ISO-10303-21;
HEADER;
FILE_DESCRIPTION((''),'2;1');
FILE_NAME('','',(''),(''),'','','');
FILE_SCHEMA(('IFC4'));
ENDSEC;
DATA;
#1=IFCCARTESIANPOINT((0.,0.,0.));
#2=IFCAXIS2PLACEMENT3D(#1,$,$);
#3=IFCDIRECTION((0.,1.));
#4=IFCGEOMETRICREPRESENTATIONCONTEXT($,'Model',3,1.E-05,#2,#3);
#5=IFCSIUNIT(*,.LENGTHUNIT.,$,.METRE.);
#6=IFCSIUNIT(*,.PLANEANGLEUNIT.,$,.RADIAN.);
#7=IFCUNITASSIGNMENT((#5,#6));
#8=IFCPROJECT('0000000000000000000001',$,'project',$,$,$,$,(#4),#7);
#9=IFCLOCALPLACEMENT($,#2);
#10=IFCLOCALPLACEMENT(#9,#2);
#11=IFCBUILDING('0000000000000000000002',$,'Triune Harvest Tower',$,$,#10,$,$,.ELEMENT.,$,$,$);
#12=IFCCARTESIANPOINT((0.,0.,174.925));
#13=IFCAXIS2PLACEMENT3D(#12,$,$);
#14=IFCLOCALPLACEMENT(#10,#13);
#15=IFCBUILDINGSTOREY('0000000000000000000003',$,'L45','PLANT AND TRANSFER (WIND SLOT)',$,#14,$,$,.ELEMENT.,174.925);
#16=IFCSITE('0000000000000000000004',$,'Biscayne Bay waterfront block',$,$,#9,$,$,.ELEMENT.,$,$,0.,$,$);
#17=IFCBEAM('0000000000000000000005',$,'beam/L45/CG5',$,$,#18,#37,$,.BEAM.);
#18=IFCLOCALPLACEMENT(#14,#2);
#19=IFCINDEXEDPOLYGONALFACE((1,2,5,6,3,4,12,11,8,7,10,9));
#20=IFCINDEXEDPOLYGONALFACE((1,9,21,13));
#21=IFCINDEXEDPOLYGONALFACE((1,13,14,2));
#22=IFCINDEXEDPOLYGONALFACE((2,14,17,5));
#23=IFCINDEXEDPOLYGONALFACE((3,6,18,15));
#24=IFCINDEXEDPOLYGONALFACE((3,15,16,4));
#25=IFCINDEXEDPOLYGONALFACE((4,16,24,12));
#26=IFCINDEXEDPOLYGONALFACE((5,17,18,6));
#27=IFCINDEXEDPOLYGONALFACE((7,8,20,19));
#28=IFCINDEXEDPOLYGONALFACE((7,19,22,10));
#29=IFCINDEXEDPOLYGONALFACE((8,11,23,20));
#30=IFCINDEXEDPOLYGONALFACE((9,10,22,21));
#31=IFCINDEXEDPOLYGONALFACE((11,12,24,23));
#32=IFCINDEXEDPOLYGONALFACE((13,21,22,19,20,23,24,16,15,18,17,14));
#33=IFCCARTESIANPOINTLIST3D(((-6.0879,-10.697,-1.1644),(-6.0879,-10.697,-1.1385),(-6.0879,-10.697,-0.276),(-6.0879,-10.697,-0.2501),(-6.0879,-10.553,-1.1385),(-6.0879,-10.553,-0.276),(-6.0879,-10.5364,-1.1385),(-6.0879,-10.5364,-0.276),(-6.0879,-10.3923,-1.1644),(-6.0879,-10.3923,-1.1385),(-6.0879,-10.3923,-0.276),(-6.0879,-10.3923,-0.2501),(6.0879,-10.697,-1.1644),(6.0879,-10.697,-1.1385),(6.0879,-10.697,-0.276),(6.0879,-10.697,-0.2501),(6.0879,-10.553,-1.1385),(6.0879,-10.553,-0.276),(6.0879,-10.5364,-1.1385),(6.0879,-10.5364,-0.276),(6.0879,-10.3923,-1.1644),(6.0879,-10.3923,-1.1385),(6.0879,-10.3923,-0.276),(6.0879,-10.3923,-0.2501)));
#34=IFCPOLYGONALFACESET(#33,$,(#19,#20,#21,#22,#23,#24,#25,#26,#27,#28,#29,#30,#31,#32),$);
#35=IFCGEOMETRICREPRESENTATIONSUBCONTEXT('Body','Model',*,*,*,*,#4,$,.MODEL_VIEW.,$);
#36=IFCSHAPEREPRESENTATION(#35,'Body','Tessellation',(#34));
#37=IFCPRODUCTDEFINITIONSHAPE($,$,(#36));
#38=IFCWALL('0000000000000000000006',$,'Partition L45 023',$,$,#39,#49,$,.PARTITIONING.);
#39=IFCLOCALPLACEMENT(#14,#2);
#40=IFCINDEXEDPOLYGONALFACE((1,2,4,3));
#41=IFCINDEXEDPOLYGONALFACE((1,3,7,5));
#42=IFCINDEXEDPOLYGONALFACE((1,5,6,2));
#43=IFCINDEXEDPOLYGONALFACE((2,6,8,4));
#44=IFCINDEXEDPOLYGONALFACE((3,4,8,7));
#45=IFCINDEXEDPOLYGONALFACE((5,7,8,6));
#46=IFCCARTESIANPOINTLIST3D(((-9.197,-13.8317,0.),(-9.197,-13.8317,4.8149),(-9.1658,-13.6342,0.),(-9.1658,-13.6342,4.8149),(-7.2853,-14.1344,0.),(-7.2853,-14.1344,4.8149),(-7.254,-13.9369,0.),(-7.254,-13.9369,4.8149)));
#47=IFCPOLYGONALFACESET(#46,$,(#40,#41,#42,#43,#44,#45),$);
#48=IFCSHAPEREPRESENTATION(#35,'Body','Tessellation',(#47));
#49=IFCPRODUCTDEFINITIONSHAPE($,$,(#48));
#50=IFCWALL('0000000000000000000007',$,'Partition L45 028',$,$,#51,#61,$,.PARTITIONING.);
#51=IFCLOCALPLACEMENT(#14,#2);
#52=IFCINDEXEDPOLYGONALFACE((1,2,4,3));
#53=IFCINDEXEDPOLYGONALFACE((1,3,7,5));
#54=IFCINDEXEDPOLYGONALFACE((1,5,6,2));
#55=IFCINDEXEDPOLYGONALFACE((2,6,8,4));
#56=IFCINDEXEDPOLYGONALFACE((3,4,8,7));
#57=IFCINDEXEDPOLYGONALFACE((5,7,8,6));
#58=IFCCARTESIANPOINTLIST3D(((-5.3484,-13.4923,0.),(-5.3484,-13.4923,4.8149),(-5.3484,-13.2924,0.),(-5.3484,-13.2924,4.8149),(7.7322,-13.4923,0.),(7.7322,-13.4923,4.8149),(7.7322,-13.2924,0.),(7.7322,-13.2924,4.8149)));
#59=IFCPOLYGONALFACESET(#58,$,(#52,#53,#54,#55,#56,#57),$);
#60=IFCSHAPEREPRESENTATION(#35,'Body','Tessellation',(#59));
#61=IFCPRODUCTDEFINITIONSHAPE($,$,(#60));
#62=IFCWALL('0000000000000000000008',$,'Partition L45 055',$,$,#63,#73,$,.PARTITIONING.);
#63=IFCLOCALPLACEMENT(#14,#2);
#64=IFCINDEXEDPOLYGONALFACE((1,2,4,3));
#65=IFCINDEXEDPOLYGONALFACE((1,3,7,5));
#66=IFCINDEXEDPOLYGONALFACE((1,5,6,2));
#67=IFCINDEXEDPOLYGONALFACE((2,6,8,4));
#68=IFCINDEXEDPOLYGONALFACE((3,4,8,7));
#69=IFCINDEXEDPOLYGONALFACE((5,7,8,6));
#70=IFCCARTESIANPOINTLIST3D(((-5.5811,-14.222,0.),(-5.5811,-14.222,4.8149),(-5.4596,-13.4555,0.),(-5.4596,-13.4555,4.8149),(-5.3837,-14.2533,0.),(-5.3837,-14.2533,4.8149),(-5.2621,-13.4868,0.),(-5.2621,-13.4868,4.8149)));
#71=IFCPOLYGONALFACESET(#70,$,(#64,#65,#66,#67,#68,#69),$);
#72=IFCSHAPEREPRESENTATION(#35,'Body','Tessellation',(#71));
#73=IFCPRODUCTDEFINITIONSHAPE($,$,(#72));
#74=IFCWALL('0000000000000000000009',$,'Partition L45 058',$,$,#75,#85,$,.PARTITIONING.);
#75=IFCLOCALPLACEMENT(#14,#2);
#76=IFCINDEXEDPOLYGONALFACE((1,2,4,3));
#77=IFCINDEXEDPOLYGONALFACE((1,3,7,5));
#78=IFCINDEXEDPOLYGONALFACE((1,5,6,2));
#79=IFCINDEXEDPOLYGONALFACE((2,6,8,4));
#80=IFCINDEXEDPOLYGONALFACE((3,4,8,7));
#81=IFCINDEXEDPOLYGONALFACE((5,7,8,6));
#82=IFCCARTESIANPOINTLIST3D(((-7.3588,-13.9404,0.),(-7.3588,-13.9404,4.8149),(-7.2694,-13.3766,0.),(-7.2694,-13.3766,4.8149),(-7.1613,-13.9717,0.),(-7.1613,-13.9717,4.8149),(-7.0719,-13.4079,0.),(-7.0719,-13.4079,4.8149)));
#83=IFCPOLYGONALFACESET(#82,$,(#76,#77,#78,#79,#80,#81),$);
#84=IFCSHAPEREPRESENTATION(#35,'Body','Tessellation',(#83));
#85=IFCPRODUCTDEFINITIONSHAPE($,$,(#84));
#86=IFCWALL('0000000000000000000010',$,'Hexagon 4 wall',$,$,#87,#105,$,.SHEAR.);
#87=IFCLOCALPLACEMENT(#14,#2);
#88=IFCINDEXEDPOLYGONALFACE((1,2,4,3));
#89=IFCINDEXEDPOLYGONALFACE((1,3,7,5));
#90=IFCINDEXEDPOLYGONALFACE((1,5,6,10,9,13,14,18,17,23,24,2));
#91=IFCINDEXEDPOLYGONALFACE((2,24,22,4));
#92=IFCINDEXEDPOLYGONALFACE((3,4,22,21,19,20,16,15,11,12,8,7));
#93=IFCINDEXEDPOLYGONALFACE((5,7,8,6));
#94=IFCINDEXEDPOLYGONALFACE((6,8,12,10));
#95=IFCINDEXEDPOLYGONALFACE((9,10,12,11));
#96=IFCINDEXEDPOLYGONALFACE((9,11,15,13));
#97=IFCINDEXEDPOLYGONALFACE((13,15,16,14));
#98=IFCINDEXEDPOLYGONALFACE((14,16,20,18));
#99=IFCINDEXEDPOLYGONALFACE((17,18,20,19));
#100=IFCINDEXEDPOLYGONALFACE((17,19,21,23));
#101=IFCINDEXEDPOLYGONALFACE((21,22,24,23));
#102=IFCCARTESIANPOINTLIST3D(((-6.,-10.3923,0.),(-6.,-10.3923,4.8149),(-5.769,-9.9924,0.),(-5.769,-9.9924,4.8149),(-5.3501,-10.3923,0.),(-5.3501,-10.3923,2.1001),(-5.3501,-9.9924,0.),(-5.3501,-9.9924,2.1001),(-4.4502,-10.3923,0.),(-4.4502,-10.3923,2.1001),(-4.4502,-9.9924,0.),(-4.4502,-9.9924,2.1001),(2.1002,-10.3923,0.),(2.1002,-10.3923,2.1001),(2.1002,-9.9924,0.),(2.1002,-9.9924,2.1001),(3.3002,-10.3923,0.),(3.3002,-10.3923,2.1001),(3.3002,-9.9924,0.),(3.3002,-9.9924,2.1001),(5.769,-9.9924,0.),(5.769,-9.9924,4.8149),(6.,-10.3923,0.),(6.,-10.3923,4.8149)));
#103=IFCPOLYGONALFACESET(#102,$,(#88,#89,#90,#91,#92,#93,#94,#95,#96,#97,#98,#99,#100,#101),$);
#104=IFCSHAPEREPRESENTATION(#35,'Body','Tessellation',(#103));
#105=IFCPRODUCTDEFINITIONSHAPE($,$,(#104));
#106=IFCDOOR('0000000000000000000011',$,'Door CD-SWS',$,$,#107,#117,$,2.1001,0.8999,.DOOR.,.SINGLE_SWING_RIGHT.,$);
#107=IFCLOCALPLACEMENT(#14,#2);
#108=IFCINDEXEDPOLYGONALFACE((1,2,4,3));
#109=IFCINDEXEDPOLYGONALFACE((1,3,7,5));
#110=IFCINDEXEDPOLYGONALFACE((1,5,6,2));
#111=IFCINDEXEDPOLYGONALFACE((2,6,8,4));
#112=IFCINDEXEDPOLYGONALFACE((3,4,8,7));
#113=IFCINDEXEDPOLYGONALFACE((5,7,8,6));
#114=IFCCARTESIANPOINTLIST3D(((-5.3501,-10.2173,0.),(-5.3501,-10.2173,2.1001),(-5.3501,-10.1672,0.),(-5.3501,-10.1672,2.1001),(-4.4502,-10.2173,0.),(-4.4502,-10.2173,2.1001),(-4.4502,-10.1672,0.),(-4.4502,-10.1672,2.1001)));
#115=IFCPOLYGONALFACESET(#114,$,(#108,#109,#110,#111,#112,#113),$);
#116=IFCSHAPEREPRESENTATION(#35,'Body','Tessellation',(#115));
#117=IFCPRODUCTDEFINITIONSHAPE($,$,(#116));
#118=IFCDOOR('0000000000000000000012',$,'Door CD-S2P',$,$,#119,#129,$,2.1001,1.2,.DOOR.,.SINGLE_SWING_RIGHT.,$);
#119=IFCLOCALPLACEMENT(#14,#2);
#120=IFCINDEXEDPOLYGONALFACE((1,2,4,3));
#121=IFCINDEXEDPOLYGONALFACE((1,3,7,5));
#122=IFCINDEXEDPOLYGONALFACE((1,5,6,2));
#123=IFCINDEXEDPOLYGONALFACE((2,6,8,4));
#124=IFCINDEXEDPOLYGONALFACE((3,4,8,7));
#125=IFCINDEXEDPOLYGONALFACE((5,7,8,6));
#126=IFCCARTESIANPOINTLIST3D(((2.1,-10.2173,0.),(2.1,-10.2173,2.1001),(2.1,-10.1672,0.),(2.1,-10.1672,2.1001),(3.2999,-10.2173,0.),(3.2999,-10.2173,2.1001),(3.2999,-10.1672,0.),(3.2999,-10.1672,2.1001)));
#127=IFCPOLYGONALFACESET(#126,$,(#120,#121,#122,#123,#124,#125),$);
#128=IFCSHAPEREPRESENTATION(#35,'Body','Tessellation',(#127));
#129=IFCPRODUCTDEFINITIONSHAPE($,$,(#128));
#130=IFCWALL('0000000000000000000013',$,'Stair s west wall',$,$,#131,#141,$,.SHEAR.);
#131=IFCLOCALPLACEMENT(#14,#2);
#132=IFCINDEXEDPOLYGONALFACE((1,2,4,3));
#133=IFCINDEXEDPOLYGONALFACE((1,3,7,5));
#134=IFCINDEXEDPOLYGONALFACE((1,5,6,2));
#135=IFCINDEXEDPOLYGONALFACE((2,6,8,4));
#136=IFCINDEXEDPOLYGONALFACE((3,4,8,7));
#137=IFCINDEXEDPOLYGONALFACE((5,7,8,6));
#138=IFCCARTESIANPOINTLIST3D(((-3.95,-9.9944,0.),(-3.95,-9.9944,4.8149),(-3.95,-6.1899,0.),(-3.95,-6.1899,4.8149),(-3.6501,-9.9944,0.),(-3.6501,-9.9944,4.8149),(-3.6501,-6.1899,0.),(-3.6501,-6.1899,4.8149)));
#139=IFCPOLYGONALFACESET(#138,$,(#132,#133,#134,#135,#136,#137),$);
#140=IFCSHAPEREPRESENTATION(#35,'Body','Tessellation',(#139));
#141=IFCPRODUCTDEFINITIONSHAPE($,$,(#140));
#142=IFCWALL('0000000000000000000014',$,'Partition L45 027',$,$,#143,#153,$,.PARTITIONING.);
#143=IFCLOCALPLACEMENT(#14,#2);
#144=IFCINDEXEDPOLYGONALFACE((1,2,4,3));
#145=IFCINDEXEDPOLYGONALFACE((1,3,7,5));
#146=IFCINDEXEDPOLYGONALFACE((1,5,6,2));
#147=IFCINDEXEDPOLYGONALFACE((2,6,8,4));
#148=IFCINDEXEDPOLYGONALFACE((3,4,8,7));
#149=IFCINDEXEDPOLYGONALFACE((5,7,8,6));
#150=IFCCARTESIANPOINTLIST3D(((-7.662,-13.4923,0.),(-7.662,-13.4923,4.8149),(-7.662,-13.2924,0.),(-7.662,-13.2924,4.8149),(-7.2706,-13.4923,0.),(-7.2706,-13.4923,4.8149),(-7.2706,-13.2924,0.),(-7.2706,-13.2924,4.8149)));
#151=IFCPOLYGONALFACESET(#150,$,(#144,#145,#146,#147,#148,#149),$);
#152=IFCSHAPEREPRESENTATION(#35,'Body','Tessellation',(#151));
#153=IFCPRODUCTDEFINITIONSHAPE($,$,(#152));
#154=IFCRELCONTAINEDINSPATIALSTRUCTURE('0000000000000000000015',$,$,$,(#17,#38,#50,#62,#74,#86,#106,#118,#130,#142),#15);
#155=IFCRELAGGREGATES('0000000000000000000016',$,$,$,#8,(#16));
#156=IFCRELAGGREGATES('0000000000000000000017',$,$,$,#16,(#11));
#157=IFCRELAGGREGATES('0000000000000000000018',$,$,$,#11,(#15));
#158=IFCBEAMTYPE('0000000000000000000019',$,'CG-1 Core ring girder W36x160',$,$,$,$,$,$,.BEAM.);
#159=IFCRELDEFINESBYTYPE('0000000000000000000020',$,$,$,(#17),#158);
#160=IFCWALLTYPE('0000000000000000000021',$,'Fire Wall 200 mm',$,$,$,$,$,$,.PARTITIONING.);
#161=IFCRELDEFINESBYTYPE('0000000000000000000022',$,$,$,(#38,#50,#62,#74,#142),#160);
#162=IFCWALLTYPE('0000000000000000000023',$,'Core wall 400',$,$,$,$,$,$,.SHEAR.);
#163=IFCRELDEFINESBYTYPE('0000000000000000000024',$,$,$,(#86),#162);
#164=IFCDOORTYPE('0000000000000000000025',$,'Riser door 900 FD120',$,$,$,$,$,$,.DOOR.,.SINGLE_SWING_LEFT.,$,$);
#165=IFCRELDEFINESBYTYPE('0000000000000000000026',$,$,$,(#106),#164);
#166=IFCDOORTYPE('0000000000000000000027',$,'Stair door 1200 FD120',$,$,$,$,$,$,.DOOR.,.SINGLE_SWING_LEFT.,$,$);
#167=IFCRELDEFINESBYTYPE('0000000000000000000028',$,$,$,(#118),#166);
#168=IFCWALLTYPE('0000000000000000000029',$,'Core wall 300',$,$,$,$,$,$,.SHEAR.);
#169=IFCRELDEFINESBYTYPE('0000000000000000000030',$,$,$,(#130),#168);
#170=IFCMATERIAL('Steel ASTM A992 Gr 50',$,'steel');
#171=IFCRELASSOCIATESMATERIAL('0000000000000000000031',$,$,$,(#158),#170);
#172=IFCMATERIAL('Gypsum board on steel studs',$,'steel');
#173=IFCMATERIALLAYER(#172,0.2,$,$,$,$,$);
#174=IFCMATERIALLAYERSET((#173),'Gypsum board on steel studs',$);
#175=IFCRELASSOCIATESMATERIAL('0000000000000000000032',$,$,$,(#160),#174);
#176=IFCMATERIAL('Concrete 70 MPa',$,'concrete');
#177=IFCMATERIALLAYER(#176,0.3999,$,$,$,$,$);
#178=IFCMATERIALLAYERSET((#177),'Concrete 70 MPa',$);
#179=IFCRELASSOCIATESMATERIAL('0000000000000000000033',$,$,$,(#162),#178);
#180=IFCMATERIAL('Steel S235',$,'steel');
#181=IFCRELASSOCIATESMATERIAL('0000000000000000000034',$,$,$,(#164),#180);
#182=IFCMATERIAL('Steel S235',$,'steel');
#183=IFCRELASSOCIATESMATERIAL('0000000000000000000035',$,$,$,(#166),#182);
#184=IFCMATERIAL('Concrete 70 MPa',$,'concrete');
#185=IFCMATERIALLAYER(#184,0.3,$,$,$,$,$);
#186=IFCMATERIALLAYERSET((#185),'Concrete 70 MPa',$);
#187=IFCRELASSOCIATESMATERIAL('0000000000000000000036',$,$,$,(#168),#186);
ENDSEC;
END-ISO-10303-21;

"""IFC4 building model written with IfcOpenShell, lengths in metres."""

from ifc_helpers import new_model, si_unit, direction, frame, frame_2d, origin, origin_2d, place, context, subcontext, project, spatial, polyline, rectangle, i_section, outline, extrude, source, transform, mapped, material, layer, layer_set, material_profile, profile_set, type_object, element, fill, save


model = new_model("IFC4")

# Units and contexts
model_context = context("Model", 3, precision=1e-05, world=origin(), true_north=direction((0.0, 1.0)))
body_context = subcontext(model_context, "Body", "Model", "MODEL_VIEW")
ifc_project = project(units=[si_unit("LENGTHUNIT", "METRE"), si_unit("PLANEANGLEUNIT", "RADIAN")], contexts=[model_context])

# Site, building, storey
site_placement = place(None, origin())
site = spatial("IfcSite", under=ifc_project, at=site_placement, Name="Biscayne Bay waterfront block", CompositionType="ELEMENT", RefElevation=0.0)
building_placement = place(site_placement, origin())
building = spatial("IfcBuilding", under=site, at=building_placement, Name="Triune Harvest Tower", CompositionType="ELEMENT")
storey_placement = place(building_placement, frame((0.0, 0.0, 174.925)))
storey = spatial("IfcBuildingStorey", under=building, at=storey_placement, Name="L45", Description="PLANT AND TRANSFER (WIND SLOT)", CompositionType="ELEMENT", Elevation=174.925)

# Beam
ifc_material_1 = material(Name="Steel ASTM A992 Gr 50", Category="steel")
ifc_material_profile = material_profile(ifc_material_1, i_section(OverallWidth=0.3047, OverallDepth=0.9143, WebThickness=0.0166, FlangeThickness=0.0259, at=origin_2d()), Name="W36x160")
ifc_profile_set = profile_set([ifc_material_profile], Name="Steel ASTM A992 Gr 50")
beam_type = type_object("IfcBeamType", Name="CG-1 Core ring girder W36x160", PredefinedType="BEAM", material=ifc_profile_set)
shared_shape_1 = source(origin(), body_context, "Body", "SweptSolid", [
    extrude(i_section(OverallWidth=0.3047, OverallDepth=0.9143, WebThickness=0.0166, FlangeThickness=0.0259, at=origin_2d()), origin(), (0.0, 0.0, 1.0), 12.1758),
])
beam_placement = place(storey_placement, frame((-6.0879, -10.5447, -0.7073), z_axis=(1.0, 0.0, 0.0), x_axis=(0.0, 1.0, 0.0)))
element("IfcBeam", 1, at=beam_placement, inside=storey, type_object=beam_type, Name="beam/L45/CG5", PredefinedType="BEAM", context=body_context, shape_type="MappedRepresentation", body=[
    mapped(shared_shape_1, transform((0.0, 0.0, 0.0), scale=1.0)),
])

# Walls
ifc_material_2 = material(Name="Gypsum board on steel studs", Category="steel")
ifc_layer_1 = layer(ifc_material_2, 0.2)
ifc_layer_set_1 = layer_set([ifc_layer_1], Name="Gypsum board on steel studs")
wall_type_1 = type_object("IfcWallType", Name="Fire Wall 200 mm", PredefinedType="PARTITIONING", material=ifc_layer_set_1)
wall_1_placement = place(storey_placement, frame((-9.1814, -13.7329, 0.0), z_axis=(0.0, 0.0, 1.0), x_axis=(0.987691, -0.156416, 0.0)))
element("IfcWall", 2, at=wall_1_placement, inside=storey, type_object=wall_type_1, Name="Partition L45 023", PredefinedType="PARTITIONING", context=body_context, shape_type="SweptSolid", body=[
    extrude(rectangle(XDim=1.9355, YDim=0.2, at=frame_2d((0.9678, 0.0))), origin(), (0.0, 0.0, 1.0), 4.8149),
])
wall_2_placement = place(storey_placement, frame((-5.3484, -13.3923, 0.0), z_axis=(0.0, 0.0, 1.0), x_axis=(1.0, 0.0, 0.0)))
element("IfcWall", 3, at=wall_2_placement, inside=storey, type_object=wall_type_1, Name="Partition L45 028", PredefinedType="PARTITIONING", context=body_context, shape_type="SweptSolid", body=[
    extrude(rectangle(XDim=13.0806, YDim=0.2, at=frame_2d((6.5403, 0.0))), origin(), (0.0, 0.0, 1.0), 4.8149),
])
wall_3_placement = place(storey_placement, frame((-5.4824, -14.2378, 0.0), z_axis=(0.0, 0.0, 1.0), x_axis=(0.156641, 0.987656, 0.0)))
element("IfcWall", 4, at=wall_3_placement, inside=storey, type_object=wall_type_1, Name="Partition L45 055", PredefinedType="PARTITIONING", context=body_context, shape_type="SweptSolid", body=[
    extrude(rectangle(XDim=0.7761, YDim=0.2, at=frame_2d((0.3882, 0.0))), origin(), (0.0, 0.0, 1.0), 4.8149),
])
wall_4_placement = place(storey_placement, frame((-7.26, -13.9561, 0.0), z_axis=(0.0, 0.0, 1.0), x_axis=(0.156556, 0.987669, 0.0)))
element("IfcWall", 5, at=wall_4_placement, inside=storey, type_object=wall_type_1, Name="Partition L45 058", PredefinedType="PARTITIONING", context=body_context, shape_type="SweptSolid", body=[
    extrude(rectangle(XDim=0.5708, YDim=0.2, at=frame_2d((0.2854, 0.0))), origin(), (0.0, 0.0, 1.0), 4.8149),
])

# Wall, openings, doors
ifc_material_3 = material(Name="Concrete 70 MPa", Category="concrete")
ifc_layer_2 = layer(ifc_material_3, 0.3999)
ifc_layer_set_2 = layer_set([ifc_layer_2], Name="Concrete 70 MPa")
wall_type_2 = type_object("IfcWallType", Name="Core wall 400", PredefinedType="SHEAR", material=ifc_layer_set_2)
shared_shape_2 = source(origin(), body_context, "Body", "SweptSolid", [
    extrude(outline(polyline([(-0.1155, -0.2), (11.8845, -0.2), (11.6536, 0.2), (0.1155, 0.2), (-0.1155, -0.2)])), origin(), (0.0, 0.0, 1.0), 4.8149),
])
wall_5_placement = place(storey_placement, frame((-5.8845, -10.1924, 0.0), z_axis=(0.0, 0.0, 1.0), x_axis=(1.0, 0.0, 0.0)))
wall_5 = element("IfcWall", 6, at=wall_5_placement, inside=storey, type_object=wall_type_2, Name="Hexagon 4 wall", PredefinedType="SHEAR", context=body_context, shape_type="MappedRepresentation", body=[
    mapped(shared_shape_2, transform((0.0, 0.0, 0.0), scale=1.0)),
])
opening_1_placement = place(wall_5_placement, frame((7.9846, 0.0, 0.0)))
opening_1 = element("IfcOpeningElement", 7, at=opening_1_placement, cuts=wall_5, PredefinedType="OPENING", context=body_context, shape_type="SweptSolid", body=[
    extrude(rectangle(XDim=1.2, YDim=2.1001, at=frame_2d((0.6001, 1.05))), frame((0.0, 0.21, 0.0), z_axis=(0.0, -1.0, 0.0), x_axis=(1.0, 0.0, 0.0)), (0.0, 0.0, 1.0), 0.4199),
])
opening_2_placement = place(wall_5_placement, frame((0.5344, 0.0, 0.0)))
opening_2 = element("IfcOpeningElement", 8, at=opening_2_placement, cuts=wall_5, PredefinedType="OPENING", context=body_context, shape_type="SweptSolid", body=[
    extrude(rectangle(XDim=0.8999, YDim=2.1001, at=frame_2d((0.45, 1.05))), frame((0.0, 0.21, 0.0), z_axis=(0.0, -1.0, 0.0), x_axis=(1.0, 0.0, 0.0)), (0.0, 0.0, 1.0), 0.4199),
])
ifc_material_4 = material(Name="Steel S235", Category="steel")
door_type_1 = type_object("IfcDoorType", Name="Riser door 900 FD120", OperationType="SINGLE_SWING_LEFT", PredefinedType="DOOR", material=ifc_material_4)
door_1_placement = place(opening_2_placement, frame((0.8999, 0.0, 0.0), z_axis=(0.0, 0.0, 1.0), x_axis=(-1.0, 0.0, 0.0)))
door_1 = element("IfcDoor", 9, at=door_1_placement, inside=storey, type_object=door_type_1, Name="Door CD-SWS", OperationType="SINGLE_SWING_RIGHT", OverallHeight=2.1001, OverallWidth=0.8999, PredefinedType="DOOR", context=body_context, shape_type="SweptSolid", body=[
    extrude(rectangle(XDim=0.8999, YDim=2.1001, at=frame_2d((0.45, 1.05))), frame((0.0, 0.0249, 0.0), z_axis=(0.0, -1.0, 0.0), x_axis=(1.0, 0.0, 0.0)), (0.0, 0.0, 1.0), 0.05),
])
fill(opening_2, door_1)
ifc_material_5 = material(Name="Steel S235", Category="steel")
door_type_2 = type_object("IfcDoorType", Name="Stair door 1200 FD120", OperationType="SINGLE_SWING_LEFT", PredefinedType="DOOR", material=ifc_material_5)
door_2_placement = place(opening_1_placement, frame((1.2, 0.0, 0.0), z_axis=(0.0, 0.0, 1.0), x_axis=(-1.0, 0.0, 0.0)))
door_2 = element("IfcDoor", 10, at=door_2_placement, inside=storey, type_object=door_type_2, Name="Door CD-S2P", OperationType="SINGLE_SWING_RIGHT", OverallHeight=2.1001, OverallWidth=1.2, PredefinedType="DOOR", context=body_context, shape_type="SweptSolid", body=[
    extrude(rectangle(XDim=1.2, YDim=2.1001, at=frame_2d((0.6001, 1.05))), frame((0.0, 0.0249, 0.0), z_axis=(0.0, -1.0, 0.0), x_axis=(1.0, 0.0, 0.0)), (0.0, 0.0, 1.0), 0.05),
])
fill(opening_1, door_2)

# Walls
ifc_material_6 = material(Name="Concrete 70 MPa", Category="concrete")
ifc_layer_3 = layer(ifc_material_6, 0.3)
ifc_layer_set_3 = layer_set([ifc_layer_3], Name="Concrete 70 MPa")
wall_type_3 = type_object("IfcWallType", Name="Core wall 300", PredefinedType="SHEAR", material=ifc_layer_set_3)
shared_shape_3 = source(origin(), body_context, "Body", "SweptSolid", [
    extrude(outline(polyline([(3.8, -0.1499), (-0.0044, -0.1499), (-0.0044, 0.1499), (3.8, 0.1499), (3.8, -0.1499)])), origin(), (0.0, 0.0, 1.0), 4.8149),
])
wall_6_placement = place(storey_placement, frame((-3.8, -9.99, 0.0), z_axis=(0.0, 0.0, 1.0), x_axis=(0.0, 1.0, 0.0)))
element("IfcWall", 11, at=wall_6_placement, inside=storey, type_object=wall_type_3, Name="Stair s west wall", PredefinedType="SHEAR", context=body_context, shape_type="MappedRepresentation", body=[
    mapped(shared_shape_3, transform((0.0, 0.0, 0.0), scale=1.0)),
])
shared_shape_4 = source(origin(), body_context, "Body", "SweptSolid", [
    extrude(rectangle(XDim=0.3914, YDim=0.2, at=frame_2d((0.1958, 0.0))), origin(), (0.0, 0.0, 1.0), 4.8149),
])
wall_7_placement = place(storey_placement, frame((-7.6621, -13.3923, 0.0), z_axis=(0.0, 0.0, 1.0), x_axis=(1.0, 0.0, 0.0)))
element("IfcWall", 12, at=wall_7_placement, inside=storey, type_object=wall_type_1, Name="Partition L45 027", PredefinedType="PARTITIONING", context=body_context, shape_type="MappedRepresentation", body=[
    mapped(shared_shape_4, transform((0.0, 0.0, 0.0), scale=1.0)),
])

save(model, "model.ifc")
